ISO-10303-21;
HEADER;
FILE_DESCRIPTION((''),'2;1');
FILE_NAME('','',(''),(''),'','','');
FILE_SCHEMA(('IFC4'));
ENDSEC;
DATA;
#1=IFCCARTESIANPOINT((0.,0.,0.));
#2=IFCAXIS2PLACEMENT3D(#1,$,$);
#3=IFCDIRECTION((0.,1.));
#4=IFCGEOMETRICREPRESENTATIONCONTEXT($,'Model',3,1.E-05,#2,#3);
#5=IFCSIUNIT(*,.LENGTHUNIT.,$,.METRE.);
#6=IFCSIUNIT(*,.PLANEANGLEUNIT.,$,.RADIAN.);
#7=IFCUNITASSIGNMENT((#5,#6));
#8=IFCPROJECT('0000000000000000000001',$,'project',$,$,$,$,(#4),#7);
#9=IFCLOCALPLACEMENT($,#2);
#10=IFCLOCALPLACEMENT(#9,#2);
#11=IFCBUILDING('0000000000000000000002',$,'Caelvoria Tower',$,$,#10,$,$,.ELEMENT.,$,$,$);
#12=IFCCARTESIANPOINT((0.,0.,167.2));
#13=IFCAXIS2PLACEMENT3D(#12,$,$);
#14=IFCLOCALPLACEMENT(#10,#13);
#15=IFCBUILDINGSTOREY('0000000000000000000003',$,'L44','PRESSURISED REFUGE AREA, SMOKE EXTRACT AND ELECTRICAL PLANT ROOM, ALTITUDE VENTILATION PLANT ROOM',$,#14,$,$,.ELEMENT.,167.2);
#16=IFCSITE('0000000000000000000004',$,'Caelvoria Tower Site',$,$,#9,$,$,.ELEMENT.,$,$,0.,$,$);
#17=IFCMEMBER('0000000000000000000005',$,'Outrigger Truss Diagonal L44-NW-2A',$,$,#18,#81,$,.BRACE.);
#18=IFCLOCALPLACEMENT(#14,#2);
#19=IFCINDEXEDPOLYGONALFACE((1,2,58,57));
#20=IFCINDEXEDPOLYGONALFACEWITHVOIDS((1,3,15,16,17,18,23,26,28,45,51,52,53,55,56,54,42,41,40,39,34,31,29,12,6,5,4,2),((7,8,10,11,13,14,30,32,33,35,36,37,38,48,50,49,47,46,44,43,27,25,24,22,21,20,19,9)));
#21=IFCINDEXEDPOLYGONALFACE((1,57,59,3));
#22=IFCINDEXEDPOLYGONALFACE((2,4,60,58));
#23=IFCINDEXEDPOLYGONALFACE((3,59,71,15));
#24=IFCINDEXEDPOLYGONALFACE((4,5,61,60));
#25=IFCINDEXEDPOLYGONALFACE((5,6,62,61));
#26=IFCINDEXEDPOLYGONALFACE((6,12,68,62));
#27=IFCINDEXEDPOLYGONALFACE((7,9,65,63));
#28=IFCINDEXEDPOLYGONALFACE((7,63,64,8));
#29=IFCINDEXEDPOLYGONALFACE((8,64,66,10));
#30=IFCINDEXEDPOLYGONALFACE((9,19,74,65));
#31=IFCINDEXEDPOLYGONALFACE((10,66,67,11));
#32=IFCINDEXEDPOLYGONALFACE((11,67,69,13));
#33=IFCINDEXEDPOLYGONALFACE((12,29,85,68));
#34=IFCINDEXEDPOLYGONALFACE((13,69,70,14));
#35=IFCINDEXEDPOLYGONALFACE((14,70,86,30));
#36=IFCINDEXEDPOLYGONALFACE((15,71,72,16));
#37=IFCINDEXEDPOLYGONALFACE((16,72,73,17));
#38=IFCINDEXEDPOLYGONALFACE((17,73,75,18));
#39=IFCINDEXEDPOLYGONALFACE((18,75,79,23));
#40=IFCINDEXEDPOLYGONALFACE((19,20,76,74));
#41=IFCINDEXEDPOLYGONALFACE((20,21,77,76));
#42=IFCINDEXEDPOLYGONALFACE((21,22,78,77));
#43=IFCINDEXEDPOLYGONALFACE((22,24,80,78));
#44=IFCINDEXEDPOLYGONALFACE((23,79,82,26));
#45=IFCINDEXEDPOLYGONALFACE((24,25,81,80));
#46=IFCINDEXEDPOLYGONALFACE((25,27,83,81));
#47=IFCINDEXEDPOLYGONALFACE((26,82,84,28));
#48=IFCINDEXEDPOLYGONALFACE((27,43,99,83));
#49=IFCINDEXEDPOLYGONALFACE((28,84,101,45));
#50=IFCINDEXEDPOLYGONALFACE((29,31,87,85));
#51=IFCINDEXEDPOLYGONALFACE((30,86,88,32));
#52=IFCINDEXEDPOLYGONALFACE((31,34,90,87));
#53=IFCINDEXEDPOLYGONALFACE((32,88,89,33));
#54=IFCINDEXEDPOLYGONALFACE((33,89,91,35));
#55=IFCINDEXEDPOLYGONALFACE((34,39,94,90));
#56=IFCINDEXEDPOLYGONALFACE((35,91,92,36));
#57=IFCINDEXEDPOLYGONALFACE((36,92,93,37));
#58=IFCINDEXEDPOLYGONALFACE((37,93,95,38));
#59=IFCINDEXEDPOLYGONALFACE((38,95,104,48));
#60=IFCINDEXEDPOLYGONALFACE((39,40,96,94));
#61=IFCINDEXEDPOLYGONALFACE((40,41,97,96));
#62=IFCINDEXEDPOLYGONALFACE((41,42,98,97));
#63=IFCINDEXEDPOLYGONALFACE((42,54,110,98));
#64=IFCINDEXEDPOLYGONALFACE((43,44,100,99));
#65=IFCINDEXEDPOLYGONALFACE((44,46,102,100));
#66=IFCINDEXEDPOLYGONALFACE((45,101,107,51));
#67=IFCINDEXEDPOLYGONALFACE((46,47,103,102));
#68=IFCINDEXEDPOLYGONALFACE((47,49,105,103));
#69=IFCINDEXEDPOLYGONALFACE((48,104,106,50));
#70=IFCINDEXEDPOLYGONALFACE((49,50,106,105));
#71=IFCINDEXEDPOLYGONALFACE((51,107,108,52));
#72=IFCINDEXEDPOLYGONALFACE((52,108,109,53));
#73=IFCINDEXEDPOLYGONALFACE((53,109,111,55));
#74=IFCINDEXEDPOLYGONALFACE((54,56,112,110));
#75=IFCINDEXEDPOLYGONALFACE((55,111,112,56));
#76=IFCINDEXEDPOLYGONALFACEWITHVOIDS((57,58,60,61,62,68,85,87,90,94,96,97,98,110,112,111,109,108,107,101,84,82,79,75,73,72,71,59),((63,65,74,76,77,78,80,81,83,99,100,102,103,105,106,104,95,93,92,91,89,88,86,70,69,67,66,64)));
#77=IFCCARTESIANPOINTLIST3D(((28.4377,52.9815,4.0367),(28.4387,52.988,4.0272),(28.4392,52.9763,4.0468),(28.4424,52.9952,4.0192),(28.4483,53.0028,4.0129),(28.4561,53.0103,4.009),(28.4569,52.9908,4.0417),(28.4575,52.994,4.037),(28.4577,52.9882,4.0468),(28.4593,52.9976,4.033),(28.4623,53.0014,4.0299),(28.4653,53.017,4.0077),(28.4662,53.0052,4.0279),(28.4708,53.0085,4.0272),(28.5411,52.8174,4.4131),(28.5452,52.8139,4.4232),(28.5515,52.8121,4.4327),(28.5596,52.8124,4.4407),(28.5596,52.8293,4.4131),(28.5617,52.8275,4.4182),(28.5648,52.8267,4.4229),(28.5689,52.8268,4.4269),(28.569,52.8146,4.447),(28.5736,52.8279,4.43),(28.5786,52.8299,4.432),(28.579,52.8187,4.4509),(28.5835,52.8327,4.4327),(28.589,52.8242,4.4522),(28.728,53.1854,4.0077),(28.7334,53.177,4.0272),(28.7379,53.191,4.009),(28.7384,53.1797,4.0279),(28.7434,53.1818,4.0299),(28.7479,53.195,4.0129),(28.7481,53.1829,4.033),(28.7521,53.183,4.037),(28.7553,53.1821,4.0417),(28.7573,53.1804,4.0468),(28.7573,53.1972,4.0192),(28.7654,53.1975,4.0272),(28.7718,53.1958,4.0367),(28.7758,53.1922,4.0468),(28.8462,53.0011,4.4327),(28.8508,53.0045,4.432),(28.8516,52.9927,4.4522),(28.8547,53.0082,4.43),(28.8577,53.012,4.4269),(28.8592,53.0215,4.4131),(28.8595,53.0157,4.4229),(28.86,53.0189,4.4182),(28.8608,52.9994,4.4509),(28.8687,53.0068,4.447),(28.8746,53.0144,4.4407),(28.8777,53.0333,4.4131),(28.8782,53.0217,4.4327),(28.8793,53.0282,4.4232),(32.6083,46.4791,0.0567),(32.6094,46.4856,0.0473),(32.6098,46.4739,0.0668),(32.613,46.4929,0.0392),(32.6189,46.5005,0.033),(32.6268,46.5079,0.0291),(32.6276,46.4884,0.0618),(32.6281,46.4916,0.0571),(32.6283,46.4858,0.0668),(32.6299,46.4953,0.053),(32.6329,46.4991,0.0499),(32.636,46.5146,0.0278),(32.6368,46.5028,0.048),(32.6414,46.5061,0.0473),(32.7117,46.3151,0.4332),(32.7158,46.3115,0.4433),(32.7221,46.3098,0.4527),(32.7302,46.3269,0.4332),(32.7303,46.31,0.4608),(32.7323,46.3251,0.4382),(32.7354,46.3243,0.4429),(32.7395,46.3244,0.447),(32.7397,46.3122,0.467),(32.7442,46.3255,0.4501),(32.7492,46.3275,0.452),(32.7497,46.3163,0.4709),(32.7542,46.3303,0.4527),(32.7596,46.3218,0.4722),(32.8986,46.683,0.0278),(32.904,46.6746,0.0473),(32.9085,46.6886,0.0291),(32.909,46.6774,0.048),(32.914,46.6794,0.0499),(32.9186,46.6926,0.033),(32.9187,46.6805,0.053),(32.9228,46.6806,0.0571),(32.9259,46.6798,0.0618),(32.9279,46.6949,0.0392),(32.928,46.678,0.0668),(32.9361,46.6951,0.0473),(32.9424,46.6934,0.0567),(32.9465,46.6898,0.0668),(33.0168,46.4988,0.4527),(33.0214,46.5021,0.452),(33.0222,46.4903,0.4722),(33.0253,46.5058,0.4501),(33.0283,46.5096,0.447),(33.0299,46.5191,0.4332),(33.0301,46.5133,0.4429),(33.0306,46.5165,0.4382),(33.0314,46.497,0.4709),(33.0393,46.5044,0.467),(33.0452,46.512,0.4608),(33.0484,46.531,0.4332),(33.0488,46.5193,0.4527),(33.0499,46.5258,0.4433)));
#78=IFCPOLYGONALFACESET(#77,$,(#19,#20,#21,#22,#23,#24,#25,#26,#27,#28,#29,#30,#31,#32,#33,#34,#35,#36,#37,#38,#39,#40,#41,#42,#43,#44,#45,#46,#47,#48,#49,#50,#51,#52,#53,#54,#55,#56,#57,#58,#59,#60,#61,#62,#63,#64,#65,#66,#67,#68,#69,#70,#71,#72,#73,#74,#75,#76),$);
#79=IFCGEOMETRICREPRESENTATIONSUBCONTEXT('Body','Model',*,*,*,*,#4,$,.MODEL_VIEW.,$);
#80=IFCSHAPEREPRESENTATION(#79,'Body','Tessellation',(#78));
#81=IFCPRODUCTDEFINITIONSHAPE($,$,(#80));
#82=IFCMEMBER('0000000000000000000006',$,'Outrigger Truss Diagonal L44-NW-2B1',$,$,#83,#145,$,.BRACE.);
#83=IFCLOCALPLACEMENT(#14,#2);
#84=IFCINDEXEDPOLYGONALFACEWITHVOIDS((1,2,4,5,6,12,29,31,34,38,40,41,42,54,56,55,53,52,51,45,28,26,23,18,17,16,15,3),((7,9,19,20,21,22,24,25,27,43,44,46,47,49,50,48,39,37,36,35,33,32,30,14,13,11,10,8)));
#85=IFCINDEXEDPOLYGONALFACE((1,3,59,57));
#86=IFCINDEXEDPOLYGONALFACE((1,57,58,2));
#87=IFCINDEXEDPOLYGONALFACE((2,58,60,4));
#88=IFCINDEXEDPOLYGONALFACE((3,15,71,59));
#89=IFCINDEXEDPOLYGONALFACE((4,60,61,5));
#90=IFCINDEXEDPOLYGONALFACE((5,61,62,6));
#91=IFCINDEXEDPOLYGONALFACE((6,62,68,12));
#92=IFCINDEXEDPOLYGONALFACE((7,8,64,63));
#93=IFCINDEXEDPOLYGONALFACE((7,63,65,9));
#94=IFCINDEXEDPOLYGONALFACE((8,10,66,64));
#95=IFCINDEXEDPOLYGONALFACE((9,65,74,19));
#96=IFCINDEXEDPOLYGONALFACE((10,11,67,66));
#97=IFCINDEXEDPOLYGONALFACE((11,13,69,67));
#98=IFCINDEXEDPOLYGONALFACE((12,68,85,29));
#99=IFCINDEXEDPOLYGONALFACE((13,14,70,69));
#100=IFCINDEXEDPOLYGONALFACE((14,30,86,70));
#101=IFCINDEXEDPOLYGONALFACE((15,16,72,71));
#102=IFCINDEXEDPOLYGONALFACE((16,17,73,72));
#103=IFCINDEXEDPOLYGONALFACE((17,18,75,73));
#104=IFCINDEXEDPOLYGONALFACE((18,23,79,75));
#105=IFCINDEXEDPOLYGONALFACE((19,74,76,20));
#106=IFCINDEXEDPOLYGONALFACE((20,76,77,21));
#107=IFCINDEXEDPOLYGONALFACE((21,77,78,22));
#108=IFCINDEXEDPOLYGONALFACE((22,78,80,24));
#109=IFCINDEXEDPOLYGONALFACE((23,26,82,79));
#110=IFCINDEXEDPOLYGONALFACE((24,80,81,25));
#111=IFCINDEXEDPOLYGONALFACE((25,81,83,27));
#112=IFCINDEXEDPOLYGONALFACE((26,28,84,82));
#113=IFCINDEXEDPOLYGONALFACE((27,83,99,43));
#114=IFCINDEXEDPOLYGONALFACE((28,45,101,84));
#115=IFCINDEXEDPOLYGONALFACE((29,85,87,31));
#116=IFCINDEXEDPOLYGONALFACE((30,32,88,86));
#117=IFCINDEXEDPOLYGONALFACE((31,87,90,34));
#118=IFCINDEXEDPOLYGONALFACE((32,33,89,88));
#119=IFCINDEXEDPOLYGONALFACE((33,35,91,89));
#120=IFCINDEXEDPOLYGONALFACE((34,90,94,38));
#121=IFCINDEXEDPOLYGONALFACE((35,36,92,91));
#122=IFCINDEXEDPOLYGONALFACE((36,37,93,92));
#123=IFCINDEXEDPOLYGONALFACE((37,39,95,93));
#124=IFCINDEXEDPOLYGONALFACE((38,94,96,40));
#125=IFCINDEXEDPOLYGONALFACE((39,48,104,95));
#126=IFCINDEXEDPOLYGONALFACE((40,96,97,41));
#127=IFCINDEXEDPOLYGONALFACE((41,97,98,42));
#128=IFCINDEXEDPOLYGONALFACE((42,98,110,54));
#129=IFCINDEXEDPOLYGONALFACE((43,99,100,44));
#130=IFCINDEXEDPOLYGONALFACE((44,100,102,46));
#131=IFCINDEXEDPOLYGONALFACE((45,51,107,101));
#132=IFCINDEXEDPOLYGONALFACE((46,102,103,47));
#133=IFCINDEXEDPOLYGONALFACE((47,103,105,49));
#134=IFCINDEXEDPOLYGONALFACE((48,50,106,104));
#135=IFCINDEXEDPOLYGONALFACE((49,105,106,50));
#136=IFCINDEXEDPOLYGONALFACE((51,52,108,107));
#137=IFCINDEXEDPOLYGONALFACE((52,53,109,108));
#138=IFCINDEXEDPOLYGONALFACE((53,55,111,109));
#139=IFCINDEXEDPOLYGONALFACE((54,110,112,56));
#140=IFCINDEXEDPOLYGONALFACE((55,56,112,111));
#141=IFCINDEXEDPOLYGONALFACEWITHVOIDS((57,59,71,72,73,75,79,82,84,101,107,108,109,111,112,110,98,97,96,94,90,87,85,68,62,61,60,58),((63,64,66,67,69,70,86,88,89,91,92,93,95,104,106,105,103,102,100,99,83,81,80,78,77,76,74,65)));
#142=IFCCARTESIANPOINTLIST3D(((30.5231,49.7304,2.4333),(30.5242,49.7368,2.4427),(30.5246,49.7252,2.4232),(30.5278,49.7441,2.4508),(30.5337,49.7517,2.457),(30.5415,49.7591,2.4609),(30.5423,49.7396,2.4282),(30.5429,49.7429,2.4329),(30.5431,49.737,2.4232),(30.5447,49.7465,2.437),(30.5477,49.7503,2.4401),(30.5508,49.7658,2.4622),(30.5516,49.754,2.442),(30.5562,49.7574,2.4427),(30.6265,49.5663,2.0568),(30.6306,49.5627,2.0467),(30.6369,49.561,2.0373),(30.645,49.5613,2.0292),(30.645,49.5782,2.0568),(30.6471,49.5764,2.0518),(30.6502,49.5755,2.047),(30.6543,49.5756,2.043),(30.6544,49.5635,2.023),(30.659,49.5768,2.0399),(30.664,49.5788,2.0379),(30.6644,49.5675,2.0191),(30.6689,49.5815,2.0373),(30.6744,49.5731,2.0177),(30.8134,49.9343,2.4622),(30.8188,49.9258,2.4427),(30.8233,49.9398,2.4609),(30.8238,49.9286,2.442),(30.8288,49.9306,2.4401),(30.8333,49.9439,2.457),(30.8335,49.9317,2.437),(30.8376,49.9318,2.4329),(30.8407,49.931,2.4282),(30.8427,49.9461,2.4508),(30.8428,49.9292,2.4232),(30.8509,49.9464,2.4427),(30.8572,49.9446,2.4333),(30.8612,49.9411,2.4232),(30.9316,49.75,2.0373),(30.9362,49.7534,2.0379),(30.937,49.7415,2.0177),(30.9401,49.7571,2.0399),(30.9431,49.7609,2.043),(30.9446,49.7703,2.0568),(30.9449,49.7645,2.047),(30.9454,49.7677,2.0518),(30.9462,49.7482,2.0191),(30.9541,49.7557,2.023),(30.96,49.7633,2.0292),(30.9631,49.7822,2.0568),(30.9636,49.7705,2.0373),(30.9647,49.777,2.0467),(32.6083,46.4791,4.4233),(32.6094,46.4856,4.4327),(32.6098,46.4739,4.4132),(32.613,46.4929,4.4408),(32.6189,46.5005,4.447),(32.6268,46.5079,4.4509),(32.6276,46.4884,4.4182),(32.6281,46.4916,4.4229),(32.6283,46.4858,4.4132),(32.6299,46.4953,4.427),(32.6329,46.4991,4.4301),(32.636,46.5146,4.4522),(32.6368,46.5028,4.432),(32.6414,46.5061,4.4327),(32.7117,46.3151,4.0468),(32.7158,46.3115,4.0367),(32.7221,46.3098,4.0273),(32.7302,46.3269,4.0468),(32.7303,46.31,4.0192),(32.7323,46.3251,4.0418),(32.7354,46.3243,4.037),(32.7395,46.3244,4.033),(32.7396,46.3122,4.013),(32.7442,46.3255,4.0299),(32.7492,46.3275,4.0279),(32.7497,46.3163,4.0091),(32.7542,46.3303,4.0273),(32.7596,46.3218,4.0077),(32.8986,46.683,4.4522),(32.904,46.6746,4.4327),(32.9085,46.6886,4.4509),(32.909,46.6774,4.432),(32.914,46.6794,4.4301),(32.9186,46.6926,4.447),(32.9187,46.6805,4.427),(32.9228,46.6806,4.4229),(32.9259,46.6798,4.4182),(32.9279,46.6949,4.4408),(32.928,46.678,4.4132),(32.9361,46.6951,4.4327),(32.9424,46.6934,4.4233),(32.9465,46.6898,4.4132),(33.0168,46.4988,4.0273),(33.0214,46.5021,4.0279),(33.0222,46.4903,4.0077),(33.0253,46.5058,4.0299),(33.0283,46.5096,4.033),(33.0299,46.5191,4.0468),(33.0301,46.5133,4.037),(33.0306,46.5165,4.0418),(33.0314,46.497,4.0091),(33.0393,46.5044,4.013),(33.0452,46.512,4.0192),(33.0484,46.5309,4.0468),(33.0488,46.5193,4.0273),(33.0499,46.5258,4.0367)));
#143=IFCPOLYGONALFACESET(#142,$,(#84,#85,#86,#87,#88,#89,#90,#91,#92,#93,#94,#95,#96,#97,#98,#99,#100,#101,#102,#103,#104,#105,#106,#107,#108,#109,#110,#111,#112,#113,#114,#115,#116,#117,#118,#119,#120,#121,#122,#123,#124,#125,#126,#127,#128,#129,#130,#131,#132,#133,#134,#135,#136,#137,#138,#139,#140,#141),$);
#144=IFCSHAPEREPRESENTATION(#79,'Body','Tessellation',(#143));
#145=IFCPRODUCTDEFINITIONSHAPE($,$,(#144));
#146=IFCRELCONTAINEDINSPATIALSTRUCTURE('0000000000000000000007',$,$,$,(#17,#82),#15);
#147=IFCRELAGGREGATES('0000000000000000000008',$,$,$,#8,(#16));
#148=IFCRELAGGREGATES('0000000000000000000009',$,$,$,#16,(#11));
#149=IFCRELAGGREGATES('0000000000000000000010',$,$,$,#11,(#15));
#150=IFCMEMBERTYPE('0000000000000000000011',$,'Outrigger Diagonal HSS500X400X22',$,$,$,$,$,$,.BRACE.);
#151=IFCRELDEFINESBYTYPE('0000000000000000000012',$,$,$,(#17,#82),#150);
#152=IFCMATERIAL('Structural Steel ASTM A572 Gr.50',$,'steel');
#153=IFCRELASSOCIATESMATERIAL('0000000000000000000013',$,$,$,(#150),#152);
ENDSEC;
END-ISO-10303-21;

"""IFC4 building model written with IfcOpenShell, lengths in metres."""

from ifc_helpers import new_model, si_unit, direction, frame, origin, origin_2d, place, context, subcontext, project, spatial, hollow_rectangle, extrude, material, material_profile, profile_set, type_object, element, save


model = new_model("IFC4")

# Units and contexts
model_context = context("Model", 3, precision=1e-05, world=origin(), true_north=direction((0.0, 1.0)))
body_context = subcontext(model_context, "Body", "Model", "MODEL_VIEW")
ifc_project = project(units=[si_unit("LENGTHUNIT", "METRE"), si_unit("PLANEANGLEUNIT", "RADIAN")], contexts=[model_context])

# Site, building, storey
site_placement = place(None, origin())
site = spatial("IfcSite", under=ifc_project, at=site_placement, Name="Caelvoria Tower Site", CompositionType="ELEMENT", RefElevation=0.0)
building_placement = place(site_placement, origin())
building = spatial("IfcBuilding", under=site, at=building_placement, Name="Caelvoria Tower", CompositionType="ELEMENT")
storey_placement = place(building_placement, frame((0.0, 0.0, 167.2)))
storey = spatial("IfcBuildingStorey", under=building, at=storey_placement, Name="L44", Description="PRESSURISED REFUGE AREA, SMOKE EXTRACT AND ELECTRICAL PLANT ROOM, ALTITUDE VENTILATION PLANT ROOM", CompositionType="ELEMENT", Elevation=167.2)

# Shared definitions
ifc_material_1 = material(Name="Structural Steel ASTM A572 Gr.50", Category="steel")

# Members
ifc_material_profile_1 = material_profile(ifc_material_1, hollow_rectangle(XDim=0.3999, YDim=0.5, WallThickness=0.022, InnerFilletRadius=0.022, OuterFilletRadius=0.0439, at=origin_2d()), Name="Structural Steel ASTM A572 Gr.50")
ifc_profile_set_1 = profile_set([ifc_material_profile_1], Name="HSS500X400X22 - Structural Steel ASTM A572 Gr.50")
member_type_1 = type_object("IfcMemberType", Name="Outrigger Diagonal HSS500X400X22", PredefinedType="BRACE", material=ifc_profile_set_1)
member_1_placement = place(storey_placement, frame((32.8291, 46.5024, 0.25), z_axis=(-0.479936, 0.748266, 0.457995), x_axis=(-0.841737, -0.539888, 0.0)))
element("IfcMember", 1, at=member_1_placement, inside=storey, type_object=member_type_1, Name="Outrigger Truss Diagonal L44-NW-2A", PredefinedType="BRACE", context=body_context, shape_type="SweptSolid", body=[
    extrude(hollow_rectangle(XDim=0.3999, YDim=0.5, WallThickness=0.022, InnerFilletRadius=0.022, OuterFilletRadius=0.0439, at=origin_2d()), origin(), (0.0, 0.0, 1.0), 8.6899),
])
for number, where, z_axis, x_axis, name in (
    (2, (32.8291, 46.5024, 4.23), (-0.479915, 0.748276, -0.458001), (-0.841751, -0.539866, 0.0), "Outrigger Truss Diagonal L44-NW-2B1"),
):
    element("IfcMember", number, at=place(storey_placement, frame(where, z_axis=z_axis, x_axis=x_axis)), inside=storey, type_object=member_type_1, Name=name, PredefinedType="BRACE", context=body_context, shape_type="SweptSolid", body=[
        extrude(hollow_rectangle(XDim=0.3999, YDim=0.5, WallThickness=0.022, InnerFilletRadius=0.022, OuterFilletRadius=0.0439, at=origin_2d()), origin(), (0.0, 0.0, 1.0), 4.345),
    ])

save(model, "model.ifc")
